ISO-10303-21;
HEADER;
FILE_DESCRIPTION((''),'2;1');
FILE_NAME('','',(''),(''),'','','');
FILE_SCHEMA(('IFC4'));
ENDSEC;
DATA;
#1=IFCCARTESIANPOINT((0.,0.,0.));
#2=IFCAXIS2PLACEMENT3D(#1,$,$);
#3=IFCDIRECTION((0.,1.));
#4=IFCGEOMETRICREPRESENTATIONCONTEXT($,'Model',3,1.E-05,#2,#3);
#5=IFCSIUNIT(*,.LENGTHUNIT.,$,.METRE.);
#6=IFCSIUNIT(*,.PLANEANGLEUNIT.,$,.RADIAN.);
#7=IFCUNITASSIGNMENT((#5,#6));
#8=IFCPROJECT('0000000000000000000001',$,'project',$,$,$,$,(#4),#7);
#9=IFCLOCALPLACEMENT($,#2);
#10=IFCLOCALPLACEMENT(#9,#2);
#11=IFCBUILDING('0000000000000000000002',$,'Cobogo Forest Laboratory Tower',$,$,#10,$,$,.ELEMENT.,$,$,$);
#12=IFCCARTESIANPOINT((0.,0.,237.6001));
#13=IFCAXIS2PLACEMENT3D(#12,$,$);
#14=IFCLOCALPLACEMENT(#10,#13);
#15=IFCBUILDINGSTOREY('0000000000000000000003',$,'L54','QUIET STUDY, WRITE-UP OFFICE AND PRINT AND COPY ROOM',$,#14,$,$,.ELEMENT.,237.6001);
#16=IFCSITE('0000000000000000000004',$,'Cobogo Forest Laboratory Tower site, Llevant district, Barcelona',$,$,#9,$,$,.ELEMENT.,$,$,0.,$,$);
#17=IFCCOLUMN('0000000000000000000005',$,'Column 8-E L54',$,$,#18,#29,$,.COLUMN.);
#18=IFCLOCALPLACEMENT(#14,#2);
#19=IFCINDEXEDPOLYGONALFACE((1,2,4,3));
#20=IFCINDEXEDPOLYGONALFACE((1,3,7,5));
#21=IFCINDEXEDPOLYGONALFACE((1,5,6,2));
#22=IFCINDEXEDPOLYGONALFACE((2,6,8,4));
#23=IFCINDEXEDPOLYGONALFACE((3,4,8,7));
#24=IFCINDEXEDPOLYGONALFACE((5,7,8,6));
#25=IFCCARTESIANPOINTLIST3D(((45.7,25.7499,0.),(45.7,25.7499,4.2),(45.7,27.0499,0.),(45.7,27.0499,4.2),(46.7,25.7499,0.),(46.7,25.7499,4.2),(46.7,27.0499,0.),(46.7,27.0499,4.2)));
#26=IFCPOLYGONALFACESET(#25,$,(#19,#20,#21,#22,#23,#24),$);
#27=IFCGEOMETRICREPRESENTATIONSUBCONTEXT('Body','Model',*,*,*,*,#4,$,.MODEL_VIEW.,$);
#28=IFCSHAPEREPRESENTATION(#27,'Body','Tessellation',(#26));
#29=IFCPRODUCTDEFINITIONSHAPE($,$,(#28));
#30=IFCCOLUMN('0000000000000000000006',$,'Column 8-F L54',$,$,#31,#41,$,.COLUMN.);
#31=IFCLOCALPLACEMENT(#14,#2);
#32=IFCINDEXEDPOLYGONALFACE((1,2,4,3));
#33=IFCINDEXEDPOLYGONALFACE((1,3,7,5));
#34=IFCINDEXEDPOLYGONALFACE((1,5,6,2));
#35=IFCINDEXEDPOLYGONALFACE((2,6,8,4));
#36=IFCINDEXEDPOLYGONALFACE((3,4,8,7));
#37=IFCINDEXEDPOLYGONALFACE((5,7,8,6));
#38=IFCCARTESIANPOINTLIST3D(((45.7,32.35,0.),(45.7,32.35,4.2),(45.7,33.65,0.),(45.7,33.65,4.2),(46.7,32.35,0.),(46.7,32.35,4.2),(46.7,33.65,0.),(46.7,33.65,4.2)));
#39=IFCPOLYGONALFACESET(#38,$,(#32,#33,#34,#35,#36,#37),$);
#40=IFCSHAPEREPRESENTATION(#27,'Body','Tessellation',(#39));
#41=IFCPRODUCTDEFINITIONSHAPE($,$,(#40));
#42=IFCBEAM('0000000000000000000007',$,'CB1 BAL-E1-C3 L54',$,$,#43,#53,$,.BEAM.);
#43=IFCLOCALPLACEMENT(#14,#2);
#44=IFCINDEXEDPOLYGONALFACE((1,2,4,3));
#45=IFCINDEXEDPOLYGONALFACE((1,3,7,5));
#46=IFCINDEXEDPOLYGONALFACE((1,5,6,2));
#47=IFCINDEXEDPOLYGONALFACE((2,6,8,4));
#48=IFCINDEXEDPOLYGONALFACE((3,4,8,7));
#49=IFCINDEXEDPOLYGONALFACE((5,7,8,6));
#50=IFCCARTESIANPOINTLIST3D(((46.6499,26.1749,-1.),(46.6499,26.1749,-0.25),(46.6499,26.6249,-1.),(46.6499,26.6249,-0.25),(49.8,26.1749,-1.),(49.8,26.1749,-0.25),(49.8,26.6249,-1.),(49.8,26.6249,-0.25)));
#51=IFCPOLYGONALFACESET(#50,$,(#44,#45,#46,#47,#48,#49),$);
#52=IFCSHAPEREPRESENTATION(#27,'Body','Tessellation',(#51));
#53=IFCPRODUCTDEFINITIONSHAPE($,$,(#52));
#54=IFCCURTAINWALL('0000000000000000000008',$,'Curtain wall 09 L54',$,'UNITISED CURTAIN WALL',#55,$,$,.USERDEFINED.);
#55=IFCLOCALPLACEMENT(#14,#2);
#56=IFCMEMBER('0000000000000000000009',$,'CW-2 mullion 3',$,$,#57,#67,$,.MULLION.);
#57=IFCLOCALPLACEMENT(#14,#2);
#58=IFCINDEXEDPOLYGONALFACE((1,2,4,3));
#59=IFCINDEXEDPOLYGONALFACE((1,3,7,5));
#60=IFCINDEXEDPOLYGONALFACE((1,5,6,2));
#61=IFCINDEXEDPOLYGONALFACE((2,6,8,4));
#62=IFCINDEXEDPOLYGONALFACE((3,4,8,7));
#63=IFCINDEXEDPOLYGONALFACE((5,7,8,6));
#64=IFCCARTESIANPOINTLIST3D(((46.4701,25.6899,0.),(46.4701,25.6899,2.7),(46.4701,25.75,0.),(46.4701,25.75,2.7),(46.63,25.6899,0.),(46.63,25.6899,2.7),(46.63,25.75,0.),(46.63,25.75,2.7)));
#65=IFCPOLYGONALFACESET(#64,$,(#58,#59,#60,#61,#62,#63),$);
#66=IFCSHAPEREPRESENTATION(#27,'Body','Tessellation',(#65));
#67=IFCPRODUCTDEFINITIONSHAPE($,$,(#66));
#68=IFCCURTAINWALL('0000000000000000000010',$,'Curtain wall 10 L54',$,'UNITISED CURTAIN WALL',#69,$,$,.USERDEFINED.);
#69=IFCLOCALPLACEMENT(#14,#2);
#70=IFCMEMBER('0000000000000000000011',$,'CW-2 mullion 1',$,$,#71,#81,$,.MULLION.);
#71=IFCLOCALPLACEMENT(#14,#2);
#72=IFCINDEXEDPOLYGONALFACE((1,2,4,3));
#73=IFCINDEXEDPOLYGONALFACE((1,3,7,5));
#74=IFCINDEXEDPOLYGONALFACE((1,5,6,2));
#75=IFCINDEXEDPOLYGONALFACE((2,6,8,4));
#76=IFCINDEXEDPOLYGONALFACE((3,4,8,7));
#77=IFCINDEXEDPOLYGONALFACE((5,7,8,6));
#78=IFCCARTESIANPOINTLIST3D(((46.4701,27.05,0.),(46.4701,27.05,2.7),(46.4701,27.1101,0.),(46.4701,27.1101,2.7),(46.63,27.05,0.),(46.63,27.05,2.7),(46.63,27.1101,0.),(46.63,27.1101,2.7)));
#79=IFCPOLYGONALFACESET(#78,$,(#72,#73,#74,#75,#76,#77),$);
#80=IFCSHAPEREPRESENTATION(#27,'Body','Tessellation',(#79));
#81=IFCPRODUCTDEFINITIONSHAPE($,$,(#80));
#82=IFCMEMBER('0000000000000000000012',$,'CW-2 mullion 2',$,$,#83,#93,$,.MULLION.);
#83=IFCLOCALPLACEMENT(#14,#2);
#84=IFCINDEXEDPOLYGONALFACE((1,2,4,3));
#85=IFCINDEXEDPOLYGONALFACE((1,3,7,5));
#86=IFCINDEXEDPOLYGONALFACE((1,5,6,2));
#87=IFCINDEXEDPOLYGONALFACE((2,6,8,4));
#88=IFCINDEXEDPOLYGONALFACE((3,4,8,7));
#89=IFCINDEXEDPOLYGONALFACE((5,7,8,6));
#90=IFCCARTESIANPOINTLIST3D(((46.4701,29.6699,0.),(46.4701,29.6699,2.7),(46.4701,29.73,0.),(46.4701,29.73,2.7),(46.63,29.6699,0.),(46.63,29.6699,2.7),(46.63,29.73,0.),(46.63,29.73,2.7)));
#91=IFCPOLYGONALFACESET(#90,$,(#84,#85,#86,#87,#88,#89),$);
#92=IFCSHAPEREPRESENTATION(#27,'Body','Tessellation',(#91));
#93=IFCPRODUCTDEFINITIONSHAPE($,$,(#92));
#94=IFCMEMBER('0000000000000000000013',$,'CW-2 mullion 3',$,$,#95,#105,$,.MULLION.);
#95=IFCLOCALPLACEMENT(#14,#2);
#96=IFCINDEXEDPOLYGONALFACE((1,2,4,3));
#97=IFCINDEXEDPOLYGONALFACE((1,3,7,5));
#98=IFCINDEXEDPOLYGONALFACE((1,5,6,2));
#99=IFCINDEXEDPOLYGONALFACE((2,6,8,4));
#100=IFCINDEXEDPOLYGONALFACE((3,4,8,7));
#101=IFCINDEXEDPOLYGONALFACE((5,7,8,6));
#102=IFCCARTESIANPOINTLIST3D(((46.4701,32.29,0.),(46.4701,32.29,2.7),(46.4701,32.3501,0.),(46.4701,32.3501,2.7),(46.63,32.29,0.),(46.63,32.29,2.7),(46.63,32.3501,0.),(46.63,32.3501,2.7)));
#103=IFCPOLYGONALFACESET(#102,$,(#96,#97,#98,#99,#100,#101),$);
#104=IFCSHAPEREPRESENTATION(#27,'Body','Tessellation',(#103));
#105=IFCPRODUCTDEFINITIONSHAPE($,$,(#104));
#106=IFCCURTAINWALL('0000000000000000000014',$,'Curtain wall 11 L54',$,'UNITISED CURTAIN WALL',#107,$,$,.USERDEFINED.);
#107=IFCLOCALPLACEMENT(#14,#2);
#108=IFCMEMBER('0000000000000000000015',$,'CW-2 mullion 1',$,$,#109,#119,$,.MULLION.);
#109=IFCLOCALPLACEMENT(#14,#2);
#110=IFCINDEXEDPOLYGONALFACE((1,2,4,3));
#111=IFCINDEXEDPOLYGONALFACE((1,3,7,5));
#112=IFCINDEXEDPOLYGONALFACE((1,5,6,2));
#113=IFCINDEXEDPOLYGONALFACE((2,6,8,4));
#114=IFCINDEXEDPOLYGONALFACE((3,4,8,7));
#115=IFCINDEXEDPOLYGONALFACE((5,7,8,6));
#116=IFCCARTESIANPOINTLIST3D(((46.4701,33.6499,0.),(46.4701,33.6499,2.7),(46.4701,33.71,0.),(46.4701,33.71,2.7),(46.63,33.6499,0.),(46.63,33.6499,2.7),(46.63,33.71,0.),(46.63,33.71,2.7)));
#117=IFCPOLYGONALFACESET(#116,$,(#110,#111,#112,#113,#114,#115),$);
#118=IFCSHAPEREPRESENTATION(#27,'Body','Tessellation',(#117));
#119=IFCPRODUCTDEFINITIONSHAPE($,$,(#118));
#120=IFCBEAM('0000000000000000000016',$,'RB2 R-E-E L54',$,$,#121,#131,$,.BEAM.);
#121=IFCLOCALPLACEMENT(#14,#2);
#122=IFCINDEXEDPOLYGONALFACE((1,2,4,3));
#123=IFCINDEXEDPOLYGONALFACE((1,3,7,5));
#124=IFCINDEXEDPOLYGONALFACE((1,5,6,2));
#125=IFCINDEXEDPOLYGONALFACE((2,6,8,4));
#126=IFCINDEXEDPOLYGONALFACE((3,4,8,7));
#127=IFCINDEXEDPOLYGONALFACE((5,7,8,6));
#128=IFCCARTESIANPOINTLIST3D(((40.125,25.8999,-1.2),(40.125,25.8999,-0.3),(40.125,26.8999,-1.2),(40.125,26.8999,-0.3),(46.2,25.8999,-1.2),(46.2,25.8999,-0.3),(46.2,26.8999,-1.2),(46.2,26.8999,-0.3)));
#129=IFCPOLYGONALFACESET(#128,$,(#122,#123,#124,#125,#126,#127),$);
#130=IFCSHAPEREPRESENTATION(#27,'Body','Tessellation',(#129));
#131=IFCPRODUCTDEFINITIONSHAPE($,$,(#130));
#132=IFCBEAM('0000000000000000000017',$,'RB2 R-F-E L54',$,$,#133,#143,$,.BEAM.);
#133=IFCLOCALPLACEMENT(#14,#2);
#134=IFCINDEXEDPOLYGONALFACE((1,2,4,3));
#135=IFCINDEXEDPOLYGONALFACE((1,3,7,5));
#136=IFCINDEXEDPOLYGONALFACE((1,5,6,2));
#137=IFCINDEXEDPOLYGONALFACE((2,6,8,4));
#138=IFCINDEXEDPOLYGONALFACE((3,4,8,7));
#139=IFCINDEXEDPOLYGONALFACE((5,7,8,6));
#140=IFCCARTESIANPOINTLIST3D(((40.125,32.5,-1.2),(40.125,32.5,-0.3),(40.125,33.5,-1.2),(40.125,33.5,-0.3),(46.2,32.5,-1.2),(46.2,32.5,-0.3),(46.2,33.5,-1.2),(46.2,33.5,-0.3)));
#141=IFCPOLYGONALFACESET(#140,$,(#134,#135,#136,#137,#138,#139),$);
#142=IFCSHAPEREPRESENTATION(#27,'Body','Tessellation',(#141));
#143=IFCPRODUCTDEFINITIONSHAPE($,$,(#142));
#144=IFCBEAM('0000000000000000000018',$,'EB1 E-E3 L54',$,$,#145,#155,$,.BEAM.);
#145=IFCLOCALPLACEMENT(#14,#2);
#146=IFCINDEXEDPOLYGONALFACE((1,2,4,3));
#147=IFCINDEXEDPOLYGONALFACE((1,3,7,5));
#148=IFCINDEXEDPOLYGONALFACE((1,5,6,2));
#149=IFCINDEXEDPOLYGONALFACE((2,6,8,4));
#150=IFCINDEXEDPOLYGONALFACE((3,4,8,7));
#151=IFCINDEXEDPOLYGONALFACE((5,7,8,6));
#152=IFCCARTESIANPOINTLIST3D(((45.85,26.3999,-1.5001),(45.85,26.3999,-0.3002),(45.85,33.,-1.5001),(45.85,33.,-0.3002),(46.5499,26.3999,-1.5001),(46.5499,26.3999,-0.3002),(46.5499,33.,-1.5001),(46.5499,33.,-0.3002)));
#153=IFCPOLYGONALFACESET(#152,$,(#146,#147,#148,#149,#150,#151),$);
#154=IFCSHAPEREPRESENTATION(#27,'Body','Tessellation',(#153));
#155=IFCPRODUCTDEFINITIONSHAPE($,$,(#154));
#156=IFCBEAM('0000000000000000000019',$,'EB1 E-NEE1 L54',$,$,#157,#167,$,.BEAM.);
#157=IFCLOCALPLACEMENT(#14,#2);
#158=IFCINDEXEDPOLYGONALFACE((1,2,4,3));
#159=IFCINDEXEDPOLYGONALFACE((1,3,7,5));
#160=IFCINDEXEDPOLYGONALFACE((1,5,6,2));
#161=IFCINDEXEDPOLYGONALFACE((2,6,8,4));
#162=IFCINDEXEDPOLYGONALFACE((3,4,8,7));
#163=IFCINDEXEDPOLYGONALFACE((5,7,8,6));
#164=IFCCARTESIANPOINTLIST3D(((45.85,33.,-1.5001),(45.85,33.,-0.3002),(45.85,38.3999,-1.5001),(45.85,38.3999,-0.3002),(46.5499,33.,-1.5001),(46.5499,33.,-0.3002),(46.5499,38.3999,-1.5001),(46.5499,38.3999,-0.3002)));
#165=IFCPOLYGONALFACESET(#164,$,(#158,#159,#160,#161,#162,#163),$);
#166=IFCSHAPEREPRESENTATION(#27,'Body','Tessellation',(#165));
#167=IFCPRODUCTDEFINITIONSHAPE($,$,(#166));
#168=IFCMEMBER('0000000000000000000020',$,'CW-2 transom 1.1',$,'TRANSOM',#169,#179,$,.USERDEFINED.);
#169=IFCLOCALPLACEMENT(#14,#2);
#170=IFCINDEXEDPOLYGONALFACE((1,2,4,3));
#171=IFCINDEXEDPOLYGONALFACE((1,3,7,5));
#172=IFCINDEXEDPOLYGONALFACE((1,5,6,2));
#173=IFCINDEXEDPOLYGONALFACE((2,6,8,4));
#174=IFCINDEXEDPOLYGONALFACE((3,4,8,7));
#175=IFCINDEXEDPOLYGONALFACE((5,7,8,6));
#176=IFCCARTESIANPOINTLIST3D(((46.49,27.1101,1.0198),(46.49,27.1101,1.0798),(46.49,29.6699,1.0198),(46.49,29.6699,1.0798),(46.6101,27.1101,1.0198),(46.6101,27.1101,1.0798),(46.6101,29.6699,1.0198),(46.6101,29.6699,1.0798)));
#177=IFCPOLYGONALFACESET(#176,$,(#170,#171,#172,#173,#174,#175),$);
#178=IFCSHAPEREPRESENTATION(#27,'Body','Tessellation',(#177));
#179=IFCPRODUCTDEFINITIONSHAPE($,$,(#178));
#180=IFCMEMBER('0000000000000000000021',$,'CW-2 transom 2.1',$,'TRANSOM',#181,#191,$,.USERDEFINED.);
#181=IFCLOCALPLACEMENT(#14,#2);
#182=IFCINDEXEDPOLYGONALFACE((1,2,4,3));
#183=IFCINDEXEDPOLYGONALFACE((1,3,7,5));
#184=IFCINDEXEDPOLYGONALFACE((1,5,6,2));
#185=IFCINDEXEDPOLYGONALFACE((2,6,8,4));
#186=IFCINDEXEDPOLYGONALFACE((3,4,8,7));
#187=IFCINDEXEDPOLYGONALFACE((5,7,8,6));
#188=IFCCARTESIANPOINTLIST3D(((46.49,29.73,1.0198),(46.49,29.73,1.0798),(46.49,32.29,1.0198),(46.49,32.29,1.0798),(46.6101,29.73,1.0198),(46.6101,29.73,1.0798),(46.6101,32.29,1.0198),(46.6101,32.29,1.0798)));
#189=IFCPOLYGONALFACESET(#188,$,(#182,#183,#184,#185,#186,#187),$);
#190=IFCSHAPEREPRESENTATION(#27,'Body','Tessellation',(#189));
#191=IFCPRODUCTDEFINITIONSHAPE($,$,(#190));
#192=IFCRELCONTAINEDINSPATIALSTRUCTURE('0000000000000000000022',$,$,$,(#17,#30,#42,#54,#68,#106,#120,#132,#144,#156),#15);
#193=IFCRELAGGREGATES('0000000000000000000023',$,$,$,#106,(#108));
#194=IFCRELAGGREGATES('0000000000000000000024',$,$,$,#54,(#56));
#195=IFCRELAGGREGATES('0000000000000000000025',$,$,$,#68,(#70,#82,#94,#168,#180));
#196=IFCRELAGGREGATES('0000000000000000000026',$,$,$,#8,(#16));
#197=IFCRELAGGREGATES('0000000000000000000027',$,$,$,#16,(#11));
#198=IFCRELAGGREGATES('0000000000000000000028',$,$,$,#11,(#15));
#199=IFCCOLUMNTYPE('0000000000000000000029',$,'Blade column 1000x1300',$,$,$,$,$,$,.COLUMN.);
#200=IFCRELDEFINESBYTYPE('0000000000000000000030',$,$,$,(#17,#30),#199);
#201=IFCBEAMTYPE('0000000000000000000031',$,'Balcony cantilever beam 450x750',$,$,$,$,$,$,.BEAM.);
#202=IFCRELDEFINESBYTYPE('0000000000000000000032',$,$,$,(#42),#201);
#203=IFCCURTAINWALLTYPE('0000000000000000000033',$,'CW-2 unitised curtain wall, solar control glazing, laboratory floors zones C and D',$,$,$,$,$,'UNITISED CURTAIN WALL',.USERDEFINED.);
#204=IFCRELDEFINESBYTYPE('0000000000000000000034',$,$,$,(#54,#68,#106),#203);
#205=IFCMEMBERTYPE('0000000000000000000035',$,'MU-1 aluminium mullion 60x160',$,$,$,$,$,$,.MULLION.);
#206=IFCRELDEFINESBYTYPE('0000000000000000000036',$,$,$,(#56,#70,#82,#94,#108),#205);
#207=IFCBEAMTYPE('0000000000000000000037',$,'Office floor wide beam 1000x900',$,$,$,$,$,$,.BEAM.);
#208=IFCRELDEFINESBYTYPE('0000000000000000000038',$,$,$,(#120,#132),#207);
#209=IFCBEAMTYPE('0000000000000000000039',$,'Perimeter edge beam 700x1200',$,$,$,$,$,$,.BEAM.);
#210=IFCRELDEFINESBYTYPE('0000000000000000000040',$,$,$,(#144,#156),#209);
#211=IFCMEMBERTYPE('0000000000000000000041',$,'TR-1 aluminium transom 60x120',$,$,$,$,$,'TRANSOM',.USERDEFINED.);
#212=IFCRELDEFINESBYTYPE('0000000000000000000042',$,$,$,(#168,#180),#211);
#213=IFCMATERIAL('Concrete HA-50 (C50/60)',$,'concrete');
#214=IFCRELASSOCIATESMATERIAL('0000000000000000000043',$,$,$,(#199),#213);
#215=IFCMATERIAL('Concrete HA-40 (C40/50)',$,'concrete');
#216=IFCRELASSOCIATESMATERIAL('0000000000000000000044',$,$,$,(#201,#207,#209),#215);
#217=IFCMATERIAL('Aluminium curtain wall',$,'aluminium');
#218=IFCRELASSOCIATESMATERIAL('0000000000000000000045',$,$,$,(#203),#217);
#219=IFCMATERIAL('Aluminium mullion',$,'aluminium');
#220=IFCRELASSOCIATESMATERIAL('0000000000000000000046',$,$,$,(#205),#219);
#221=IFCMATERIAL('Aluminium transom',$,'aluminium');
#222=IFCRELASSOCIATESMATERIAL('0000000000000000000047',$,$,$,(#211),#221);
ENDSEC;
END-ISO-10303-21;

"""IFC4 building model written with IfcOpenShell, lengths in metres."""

from ifc_helpers import new_model, si_unit, direction, frame, origin, origin_2d, place, context, subcontext, project, spatial, rectangle, extrude, material, material_profile, profile_set, type_object, element, aggregate, save


model = new_model("IFC4")

# Units and contexts
model_context = context("Model", 3, precision=1e-05, world=origin(), true_north=direction((0.0, 1.0)))
body_context = subcontext(model_context, "Body", "Model", "MODEL_VIEW")
ifc_project = project(units=[si_unit("LENGTHUNIT", "METRE"), si_unit("PLANEANGLEUNIT", "RADIAN")], contexts=[model_context])

# Site, building, storey
site_placement = place(None, origin())
site = spatial("IfcSite", under=ifc_project, at=site_placement, Name="Cobogo Forest Laboratory Tower site, Llevant district, Barcelona", CompositionType="ELEMENT", RefElevation=0.0)
building_placement = place(site_placement, origin())
building = spatial("IfcBuilding", under=site, at=building_placement, Name="Cobogo Forest Laboratory Tower", CompositionType="ELEMENT")
storey_placement = place(building_placement, frame((0.0, 0.0, 237.6001)))
storey = spatial("IfcBuildingStorey", under=building, at=storey_placement, Name="L54", Description="QUIET STUDY, WRITE-UP OFFICE AND PRINT AND COPY ROOM", CompositionType="ELEMENT", Elevation=237.6001)

# Columns
ifc_material_1 = material(Name="Concrete HA-50 (C50/60)", Category="concrete")
ifc_material_profile_1 = material_profile(ifc_material_1, rectangle(XDim=1.3, YDim=1.0, at=origin_2d()), Name="RC 1000x1300")
ifc_profile_set_1 = profile_set([ifc_material_profile_1], Name="Concrete HA-50 (C50/60)")
column_type = type_object("IfcColumnType", Name="Blade column 1000x1300", PredefinedType="COLUMN", material=ifc_profile_set_1)
for number, where, z_axis, x_axis, name in (
    (1, (46.2, 26.3999, 0.0), (0.0, 0.0, 1.0), (0.0, 1.0, 0.0), "Column 8-E L54"),
    (2, (46.2, 33.0, 0.0), (0.0, 0.0, 1.0), (0.0, 1.0, 0.0), "Column 8-F L54"),
):
    element("IfcColumn", number, at=place(storey_placement, frame(where, z_axis=z_axis, x_axis=x_axis)), inside=storey, type_object=column_type, Name=name, PredefinedType="COLUMN", context=body_context, shape_type="SweptSolid", body=[
        extrude(rectangle(XDim=1.3, YDim=1.0, at=origin_2d()), origin(), (0.0, 0.0, 1.0), 4.2),
    ])

# Beam
ifc_material_2 = material(Name="Concrete HA-40 (C40/50)", Category="concrete")
ifc_material_profile_2 = material_profile(ifc_material_2, rectangle(XDim=0.45, YDim=0.75, at=origin_2d()), Name="RC 450x750")
ifc_profile_set_2 = profile_set([ifc_material_profile_2], Name="Concrete HA-40 (C40/50)")
beam_type_1 = type_object("IfcBeamType", Name="Balcony cantilever beam 450x750", PredefinedType="BEAM", material=ifc_profile_set_2)
beam_1_placement = place(storey_placement, frame((46.6499, 26.3999, -0.625), z_axis=(1.0, 0.0, 0.0), x_axis=(0.0, 1.0, 0.0)))
element("IfcBeam", 3, at=beam_1_placement, inside=storey, type_object=beam_type_1, Name="CB1 BAL-E1-C3 L54", PredefinedType="BEAM", context=body_context, shape_type="SweptSolid", body=[
    extrude(rectangle(XDim=0.45, YDim=0.75, at=origin_2d()), origin(), (0.0, 0.0, 1.0), 3.1501),
])

# Curtain wall, member
ifc_material_3 = material(Name="Aluminium curtain wall", Category="aluminium")
curtain_wall_type = type_object("IfcCurtainWallType", Name="CW-2 unitised curtain wall, solar control glazing, laboratory floors zones C and D", ElementType="UNITISED CURTAIN WALL", PredefinedType="USERDEFINED", material=ifc_material_3)
curtain_wall_1_placement = place(storey_placement, origin())
curtain_wall_1 = element("IfcCurtainWall", 4, at=curtain_wall_1_placement, inside=storey, type_object=curtain_wall_type, Name="Curtain wall 09 L54", ObjectType="UNITISED CURTAIN WALL", PredefinedType="USERDEFINED")
ifc_material_4 = material(Name="Aluminium mullion", Category="aluminium")
ifc_material_profile_3 = material_profile(ifc_material_4, rectangle(XDim=0.0601, YDim=0.1599, at=origin_2d()), Name="AL 60x160")
ifc_profile_set_3 = profile_set([ifc_material_profile_3], Name="Aluminium mullion")
member_type_1 = type_object("IfcMemberType", Name="MU-1 aluminium mullion 60x160", PredefinedType="MULLION", material=ifc_profile_set_3)
member_1_placement = place(storey_placement, frame((46.55, 25.72, 0.0), z_axis=(0.0, 0.0, 1.0), x_axis=(0.0, 1.0, 0.0)))
member_1 = element("IfcMember", 5, at=member_1_placement, type_object=member_type_1, Name="CW-2 mullion 3", PredefinedType="MULLION", context=body_context, shape_type="SweptSolid", body=[
    extrude(rectangle(XDim=0.0601, YDim=0.1599, at=origin_2d()), origin(), (0.0, 0.0, 1.0), 2.7),
])

# Curtain wall, members
curtain_wall_2_placement = place(storey_placement, origin())
curtain_wall_2 = element("IfcCurtainWall", 6, at=curtain_wall_2_placement, inside=storey, type_object=curtain_wall_type, Name="Curtain wall 10 L54", ObjectType="UNITISED CURTAIN WALL", PredefinedType="USERDEFINED")
member_2_placement = place(storey_placement, frame((46.55, 27.0801, 0.0), z_axis=(0.0, 0.0, 1.0), x_axis=(0.0, 1.0, 0.0)))
member_2 = element("IfcMember", 7, at=member_2_placement, type_object=member_type_1, Name="CW-2 mullion 1", PredefinedType="MULLION", context=body_context, shape_type="SweptSolid", body=[
    extrude(rectangle(XDim=0.0601, YDim=0.1599, at=origin_2d()), origin(), (0.0, 0.0, 1.0), 2.7),
])
member_3_placement = place(storey_placement, frame((46.55, 29.7, 0.0), z_axis=(0.0, 0.0, 1.0), x_axis=(0.0, 1.0, 0.0)))
member_3 = element("IfcMember", 8, at=member_3_placement, type_object=member_type_1, Name="CW-2 mullion 2", PredefinedType="MULLION", context=body_context, shape_type="SweptSolid", body=[
    extrude(rectangle(XDim=0.0601, YDim=0.1599, at=origin_2d()), origin(), (0.0, 0.0, 1.0), 2.7),
])
member_4_placement = place(storey_placement, frame((46.55, 32.3201, 0.0), z_axis=(0.0, 0.0, 1.0), x_axis=(0.0, 1.0, 0.0)))
member_4 = element("IfcMember", 9, at=member_4_placement, type_object=member_type_1, Name="CW-2 mullion 3", PredefinedType="MULLION", context=body_context, shape_type="SweptSolid", body=[
    extrude(rectangle(XDim=0.0601, YDim=0.1599, at=origin_2d()), origin(), (0.0, 0.0, 1.0), 2.7),
])

# Curtain wall, member
curtain_wall_3_placement = place(storey_placement, origin())
curtain_wall_3 = element("IfcCurtainWall", 10, at=curtain_wall_3_placement, inside=storey, type_object=curtain_wall_type, Name="Curtain wall 11 L54", ObjectType="UNITISED CURTAIN WALL", PredefinedType="USERDEFINED")
member_5_placement = place(storey_placement, frame((46.55, 33.6799, 0.0), z_axis=(0.0, 0.0, 1.0), x_axis=(0.0, 1.0, 0.0)))
member_5 = element("IfcMember", 11, at=member_5_placement, type_object=member_type_1, Name="CW-2 mullion 1", PredefinedType="MULLION", context=body_context, shape_type="SweptSolid", body=[
    extrude(rectangle(XDim=0.0601, YDim=0.1599, at=origin_2d()), origin(), (0.0, 0.0, 1.0), 2.7),
])
aggregate(curtain_wall_3, [member_5])

# Beams
ifc_material_profile_4 = material_profile(ifc_material_2, rectangle(XDim=1.0, YDim=0.8999, at=origin_2d()), Name="RC 1000x900")
ifc_profile_set_4 = profile_set([ifc_material_profile_4], Name="Concrete HA-40 (C40/50)")
beam_type_2 = type_object("IfcBeamType", Name="Office floor wide beam 1000x900", PredefinedType="BEAM", material=ifc_profile_set_4)
for number, where, z_axis, x_axis, name in (
    (12, (40.125, 26.3999, -0.75), (1.0, 0.0, 0.0), (0.0, 1.0, 0.0), "RB2 R-E-E L54"),
    (13, (40.125, 33.0, -0.75), (1.0, 0.0, 0.0), (0.0, 1.0, 0.0), "RB2 R-F-E L54"),
):
    element("IfcBeam", number, at=place(storey_placement, frame(where, z_axis=z_axis, x_axis=x_axis)), inside=storey, type_object=beam_type_2, Name=name, PredefinedType="BEAM", context=body_context, shape_type="SweptSolid", body=[
        extrude(rectangle(XDim=1.0, YDim=0.8999, at=origin_2d()), origin(), (0.0, 0.0, 1.0), 6.075),
    ])
ifc_material_profile_5 = material_profile(ifc_material_2, rectangle(XDim=0.7, YDim=1.2, at=origin_2d()), Name="RC 700x1200")
ifc_profile_set_5 = profile_set([ifc_material_profile_5], Name="Concrete HA-40 (C40/50)")
beam_type_3 = type_object("IfcBeamType", Name="Perimeter edge beam 700x1200", PredefinedType="BEAM", material=ifc_profile_set_5)
beam_2_placement = place(storey_placement, frame((46.2, 26.3999, -0.9001), z_axis=(0.0, 1.0, 0.0), x_axis=(-1.0, 0.0, 0.0)))
element("IfcBeam", 14, at=beam_2_placement, inside=storey, type_object=beam_type_3, Name="EB1 E-E3 L54", PredefinedType="BEAM", context=body_context, shape_type="SweptSolid", body=[
    extrude(rectangle(XDim=0.7, YDim=1.2, at=origin_2d()), origin(), (0.0, 0.0, 1.0), 6.6001),
])
beam_3_placement = place(storey_placement, frame((46.2, 33.0, -0.9001), z_axis=(0.0, 1.0, 0.0), x_axis=(-1.0, 0.0, 0.0)))
element("IfcBeam", 15, at=beam_3_placement, inside=storey, type_object=beam_type_3, Name="EB1 E-NEE1 L54", PredefinedType="BEAM", context=body_context, shape_type="SweptSolid", body=[
    extrude(rectangle(XDim=0.7, YDim=1.2, at=origin_2d()), origin(), (0.0, 0.0, 1.0), 5.3999),
])

# Members
ifc_material_5 = material(Name="Aluminium transom", Category="aluminium")
ifc_material_profile_6 = material_profile(ifc_material_5, rectangle(XDim=0.1201, YDim=0.0601, at=origin_2d()), Name="AL 60x120")
ifc_profile_set_6 = profile_set([ifc_material_profile_6], Name="Aluminium transom")
member_type_2 = type_object("IfcMemberType", Name="TR-1 aluminium transom 60x120", ElementType="TRANSOM", PredefinedType="USERDEFINED", material=ifc_profile_set_6)
member_6_placement = place(storey_placement, frame((46.55, 27.1101, 1.0498), z_axis=(0.0, 1.0, 0.0), x_axis=(-1.0, 0.0, 0.0)))
member_6 = element("IfcMember", 16, at=member_6_placement, type_object=member_type_2, Name="CW-2 transom 1.1", ObjectType="TRANSOM", PredefinedType="USERDEFINED", context=body_context, shape_type="SweptSolid", body=[
    extrude(rectangle(XDim=0.1201, YDim=0.0601, at=origin_2d()), origin(), (0.0, 0.0, 1.0), 2.5598),
])
member_7_placement = place(storey_placement, frame((46.55, 29.73, 1.0498), z_axis=(0.0, 1.0, 0.0), x_axis=(-1.0, 0.0, 0.0)))
member_7 = element("IfcMember", 17, at=member_7_placement, type_object=member_type_2, Name="CW-2 transom 2.1", ObjectType="TRANSOM", PredefinedType="USERDEFINED", context=body_context, shape_type="SweptSolid", body=[
    extrude(rectangle(XDim=0.1201, YDim=0.0601, at=origin_2d()), origin(), (0.0, 0.0, 1.0), 2.5601),
])

aggregate(curtain_wall_1, [member_1])
aggregate(curtain_wall_2, [member_2, member_3, member_4, member_6, member_7])

save(model, "model.ifc")
